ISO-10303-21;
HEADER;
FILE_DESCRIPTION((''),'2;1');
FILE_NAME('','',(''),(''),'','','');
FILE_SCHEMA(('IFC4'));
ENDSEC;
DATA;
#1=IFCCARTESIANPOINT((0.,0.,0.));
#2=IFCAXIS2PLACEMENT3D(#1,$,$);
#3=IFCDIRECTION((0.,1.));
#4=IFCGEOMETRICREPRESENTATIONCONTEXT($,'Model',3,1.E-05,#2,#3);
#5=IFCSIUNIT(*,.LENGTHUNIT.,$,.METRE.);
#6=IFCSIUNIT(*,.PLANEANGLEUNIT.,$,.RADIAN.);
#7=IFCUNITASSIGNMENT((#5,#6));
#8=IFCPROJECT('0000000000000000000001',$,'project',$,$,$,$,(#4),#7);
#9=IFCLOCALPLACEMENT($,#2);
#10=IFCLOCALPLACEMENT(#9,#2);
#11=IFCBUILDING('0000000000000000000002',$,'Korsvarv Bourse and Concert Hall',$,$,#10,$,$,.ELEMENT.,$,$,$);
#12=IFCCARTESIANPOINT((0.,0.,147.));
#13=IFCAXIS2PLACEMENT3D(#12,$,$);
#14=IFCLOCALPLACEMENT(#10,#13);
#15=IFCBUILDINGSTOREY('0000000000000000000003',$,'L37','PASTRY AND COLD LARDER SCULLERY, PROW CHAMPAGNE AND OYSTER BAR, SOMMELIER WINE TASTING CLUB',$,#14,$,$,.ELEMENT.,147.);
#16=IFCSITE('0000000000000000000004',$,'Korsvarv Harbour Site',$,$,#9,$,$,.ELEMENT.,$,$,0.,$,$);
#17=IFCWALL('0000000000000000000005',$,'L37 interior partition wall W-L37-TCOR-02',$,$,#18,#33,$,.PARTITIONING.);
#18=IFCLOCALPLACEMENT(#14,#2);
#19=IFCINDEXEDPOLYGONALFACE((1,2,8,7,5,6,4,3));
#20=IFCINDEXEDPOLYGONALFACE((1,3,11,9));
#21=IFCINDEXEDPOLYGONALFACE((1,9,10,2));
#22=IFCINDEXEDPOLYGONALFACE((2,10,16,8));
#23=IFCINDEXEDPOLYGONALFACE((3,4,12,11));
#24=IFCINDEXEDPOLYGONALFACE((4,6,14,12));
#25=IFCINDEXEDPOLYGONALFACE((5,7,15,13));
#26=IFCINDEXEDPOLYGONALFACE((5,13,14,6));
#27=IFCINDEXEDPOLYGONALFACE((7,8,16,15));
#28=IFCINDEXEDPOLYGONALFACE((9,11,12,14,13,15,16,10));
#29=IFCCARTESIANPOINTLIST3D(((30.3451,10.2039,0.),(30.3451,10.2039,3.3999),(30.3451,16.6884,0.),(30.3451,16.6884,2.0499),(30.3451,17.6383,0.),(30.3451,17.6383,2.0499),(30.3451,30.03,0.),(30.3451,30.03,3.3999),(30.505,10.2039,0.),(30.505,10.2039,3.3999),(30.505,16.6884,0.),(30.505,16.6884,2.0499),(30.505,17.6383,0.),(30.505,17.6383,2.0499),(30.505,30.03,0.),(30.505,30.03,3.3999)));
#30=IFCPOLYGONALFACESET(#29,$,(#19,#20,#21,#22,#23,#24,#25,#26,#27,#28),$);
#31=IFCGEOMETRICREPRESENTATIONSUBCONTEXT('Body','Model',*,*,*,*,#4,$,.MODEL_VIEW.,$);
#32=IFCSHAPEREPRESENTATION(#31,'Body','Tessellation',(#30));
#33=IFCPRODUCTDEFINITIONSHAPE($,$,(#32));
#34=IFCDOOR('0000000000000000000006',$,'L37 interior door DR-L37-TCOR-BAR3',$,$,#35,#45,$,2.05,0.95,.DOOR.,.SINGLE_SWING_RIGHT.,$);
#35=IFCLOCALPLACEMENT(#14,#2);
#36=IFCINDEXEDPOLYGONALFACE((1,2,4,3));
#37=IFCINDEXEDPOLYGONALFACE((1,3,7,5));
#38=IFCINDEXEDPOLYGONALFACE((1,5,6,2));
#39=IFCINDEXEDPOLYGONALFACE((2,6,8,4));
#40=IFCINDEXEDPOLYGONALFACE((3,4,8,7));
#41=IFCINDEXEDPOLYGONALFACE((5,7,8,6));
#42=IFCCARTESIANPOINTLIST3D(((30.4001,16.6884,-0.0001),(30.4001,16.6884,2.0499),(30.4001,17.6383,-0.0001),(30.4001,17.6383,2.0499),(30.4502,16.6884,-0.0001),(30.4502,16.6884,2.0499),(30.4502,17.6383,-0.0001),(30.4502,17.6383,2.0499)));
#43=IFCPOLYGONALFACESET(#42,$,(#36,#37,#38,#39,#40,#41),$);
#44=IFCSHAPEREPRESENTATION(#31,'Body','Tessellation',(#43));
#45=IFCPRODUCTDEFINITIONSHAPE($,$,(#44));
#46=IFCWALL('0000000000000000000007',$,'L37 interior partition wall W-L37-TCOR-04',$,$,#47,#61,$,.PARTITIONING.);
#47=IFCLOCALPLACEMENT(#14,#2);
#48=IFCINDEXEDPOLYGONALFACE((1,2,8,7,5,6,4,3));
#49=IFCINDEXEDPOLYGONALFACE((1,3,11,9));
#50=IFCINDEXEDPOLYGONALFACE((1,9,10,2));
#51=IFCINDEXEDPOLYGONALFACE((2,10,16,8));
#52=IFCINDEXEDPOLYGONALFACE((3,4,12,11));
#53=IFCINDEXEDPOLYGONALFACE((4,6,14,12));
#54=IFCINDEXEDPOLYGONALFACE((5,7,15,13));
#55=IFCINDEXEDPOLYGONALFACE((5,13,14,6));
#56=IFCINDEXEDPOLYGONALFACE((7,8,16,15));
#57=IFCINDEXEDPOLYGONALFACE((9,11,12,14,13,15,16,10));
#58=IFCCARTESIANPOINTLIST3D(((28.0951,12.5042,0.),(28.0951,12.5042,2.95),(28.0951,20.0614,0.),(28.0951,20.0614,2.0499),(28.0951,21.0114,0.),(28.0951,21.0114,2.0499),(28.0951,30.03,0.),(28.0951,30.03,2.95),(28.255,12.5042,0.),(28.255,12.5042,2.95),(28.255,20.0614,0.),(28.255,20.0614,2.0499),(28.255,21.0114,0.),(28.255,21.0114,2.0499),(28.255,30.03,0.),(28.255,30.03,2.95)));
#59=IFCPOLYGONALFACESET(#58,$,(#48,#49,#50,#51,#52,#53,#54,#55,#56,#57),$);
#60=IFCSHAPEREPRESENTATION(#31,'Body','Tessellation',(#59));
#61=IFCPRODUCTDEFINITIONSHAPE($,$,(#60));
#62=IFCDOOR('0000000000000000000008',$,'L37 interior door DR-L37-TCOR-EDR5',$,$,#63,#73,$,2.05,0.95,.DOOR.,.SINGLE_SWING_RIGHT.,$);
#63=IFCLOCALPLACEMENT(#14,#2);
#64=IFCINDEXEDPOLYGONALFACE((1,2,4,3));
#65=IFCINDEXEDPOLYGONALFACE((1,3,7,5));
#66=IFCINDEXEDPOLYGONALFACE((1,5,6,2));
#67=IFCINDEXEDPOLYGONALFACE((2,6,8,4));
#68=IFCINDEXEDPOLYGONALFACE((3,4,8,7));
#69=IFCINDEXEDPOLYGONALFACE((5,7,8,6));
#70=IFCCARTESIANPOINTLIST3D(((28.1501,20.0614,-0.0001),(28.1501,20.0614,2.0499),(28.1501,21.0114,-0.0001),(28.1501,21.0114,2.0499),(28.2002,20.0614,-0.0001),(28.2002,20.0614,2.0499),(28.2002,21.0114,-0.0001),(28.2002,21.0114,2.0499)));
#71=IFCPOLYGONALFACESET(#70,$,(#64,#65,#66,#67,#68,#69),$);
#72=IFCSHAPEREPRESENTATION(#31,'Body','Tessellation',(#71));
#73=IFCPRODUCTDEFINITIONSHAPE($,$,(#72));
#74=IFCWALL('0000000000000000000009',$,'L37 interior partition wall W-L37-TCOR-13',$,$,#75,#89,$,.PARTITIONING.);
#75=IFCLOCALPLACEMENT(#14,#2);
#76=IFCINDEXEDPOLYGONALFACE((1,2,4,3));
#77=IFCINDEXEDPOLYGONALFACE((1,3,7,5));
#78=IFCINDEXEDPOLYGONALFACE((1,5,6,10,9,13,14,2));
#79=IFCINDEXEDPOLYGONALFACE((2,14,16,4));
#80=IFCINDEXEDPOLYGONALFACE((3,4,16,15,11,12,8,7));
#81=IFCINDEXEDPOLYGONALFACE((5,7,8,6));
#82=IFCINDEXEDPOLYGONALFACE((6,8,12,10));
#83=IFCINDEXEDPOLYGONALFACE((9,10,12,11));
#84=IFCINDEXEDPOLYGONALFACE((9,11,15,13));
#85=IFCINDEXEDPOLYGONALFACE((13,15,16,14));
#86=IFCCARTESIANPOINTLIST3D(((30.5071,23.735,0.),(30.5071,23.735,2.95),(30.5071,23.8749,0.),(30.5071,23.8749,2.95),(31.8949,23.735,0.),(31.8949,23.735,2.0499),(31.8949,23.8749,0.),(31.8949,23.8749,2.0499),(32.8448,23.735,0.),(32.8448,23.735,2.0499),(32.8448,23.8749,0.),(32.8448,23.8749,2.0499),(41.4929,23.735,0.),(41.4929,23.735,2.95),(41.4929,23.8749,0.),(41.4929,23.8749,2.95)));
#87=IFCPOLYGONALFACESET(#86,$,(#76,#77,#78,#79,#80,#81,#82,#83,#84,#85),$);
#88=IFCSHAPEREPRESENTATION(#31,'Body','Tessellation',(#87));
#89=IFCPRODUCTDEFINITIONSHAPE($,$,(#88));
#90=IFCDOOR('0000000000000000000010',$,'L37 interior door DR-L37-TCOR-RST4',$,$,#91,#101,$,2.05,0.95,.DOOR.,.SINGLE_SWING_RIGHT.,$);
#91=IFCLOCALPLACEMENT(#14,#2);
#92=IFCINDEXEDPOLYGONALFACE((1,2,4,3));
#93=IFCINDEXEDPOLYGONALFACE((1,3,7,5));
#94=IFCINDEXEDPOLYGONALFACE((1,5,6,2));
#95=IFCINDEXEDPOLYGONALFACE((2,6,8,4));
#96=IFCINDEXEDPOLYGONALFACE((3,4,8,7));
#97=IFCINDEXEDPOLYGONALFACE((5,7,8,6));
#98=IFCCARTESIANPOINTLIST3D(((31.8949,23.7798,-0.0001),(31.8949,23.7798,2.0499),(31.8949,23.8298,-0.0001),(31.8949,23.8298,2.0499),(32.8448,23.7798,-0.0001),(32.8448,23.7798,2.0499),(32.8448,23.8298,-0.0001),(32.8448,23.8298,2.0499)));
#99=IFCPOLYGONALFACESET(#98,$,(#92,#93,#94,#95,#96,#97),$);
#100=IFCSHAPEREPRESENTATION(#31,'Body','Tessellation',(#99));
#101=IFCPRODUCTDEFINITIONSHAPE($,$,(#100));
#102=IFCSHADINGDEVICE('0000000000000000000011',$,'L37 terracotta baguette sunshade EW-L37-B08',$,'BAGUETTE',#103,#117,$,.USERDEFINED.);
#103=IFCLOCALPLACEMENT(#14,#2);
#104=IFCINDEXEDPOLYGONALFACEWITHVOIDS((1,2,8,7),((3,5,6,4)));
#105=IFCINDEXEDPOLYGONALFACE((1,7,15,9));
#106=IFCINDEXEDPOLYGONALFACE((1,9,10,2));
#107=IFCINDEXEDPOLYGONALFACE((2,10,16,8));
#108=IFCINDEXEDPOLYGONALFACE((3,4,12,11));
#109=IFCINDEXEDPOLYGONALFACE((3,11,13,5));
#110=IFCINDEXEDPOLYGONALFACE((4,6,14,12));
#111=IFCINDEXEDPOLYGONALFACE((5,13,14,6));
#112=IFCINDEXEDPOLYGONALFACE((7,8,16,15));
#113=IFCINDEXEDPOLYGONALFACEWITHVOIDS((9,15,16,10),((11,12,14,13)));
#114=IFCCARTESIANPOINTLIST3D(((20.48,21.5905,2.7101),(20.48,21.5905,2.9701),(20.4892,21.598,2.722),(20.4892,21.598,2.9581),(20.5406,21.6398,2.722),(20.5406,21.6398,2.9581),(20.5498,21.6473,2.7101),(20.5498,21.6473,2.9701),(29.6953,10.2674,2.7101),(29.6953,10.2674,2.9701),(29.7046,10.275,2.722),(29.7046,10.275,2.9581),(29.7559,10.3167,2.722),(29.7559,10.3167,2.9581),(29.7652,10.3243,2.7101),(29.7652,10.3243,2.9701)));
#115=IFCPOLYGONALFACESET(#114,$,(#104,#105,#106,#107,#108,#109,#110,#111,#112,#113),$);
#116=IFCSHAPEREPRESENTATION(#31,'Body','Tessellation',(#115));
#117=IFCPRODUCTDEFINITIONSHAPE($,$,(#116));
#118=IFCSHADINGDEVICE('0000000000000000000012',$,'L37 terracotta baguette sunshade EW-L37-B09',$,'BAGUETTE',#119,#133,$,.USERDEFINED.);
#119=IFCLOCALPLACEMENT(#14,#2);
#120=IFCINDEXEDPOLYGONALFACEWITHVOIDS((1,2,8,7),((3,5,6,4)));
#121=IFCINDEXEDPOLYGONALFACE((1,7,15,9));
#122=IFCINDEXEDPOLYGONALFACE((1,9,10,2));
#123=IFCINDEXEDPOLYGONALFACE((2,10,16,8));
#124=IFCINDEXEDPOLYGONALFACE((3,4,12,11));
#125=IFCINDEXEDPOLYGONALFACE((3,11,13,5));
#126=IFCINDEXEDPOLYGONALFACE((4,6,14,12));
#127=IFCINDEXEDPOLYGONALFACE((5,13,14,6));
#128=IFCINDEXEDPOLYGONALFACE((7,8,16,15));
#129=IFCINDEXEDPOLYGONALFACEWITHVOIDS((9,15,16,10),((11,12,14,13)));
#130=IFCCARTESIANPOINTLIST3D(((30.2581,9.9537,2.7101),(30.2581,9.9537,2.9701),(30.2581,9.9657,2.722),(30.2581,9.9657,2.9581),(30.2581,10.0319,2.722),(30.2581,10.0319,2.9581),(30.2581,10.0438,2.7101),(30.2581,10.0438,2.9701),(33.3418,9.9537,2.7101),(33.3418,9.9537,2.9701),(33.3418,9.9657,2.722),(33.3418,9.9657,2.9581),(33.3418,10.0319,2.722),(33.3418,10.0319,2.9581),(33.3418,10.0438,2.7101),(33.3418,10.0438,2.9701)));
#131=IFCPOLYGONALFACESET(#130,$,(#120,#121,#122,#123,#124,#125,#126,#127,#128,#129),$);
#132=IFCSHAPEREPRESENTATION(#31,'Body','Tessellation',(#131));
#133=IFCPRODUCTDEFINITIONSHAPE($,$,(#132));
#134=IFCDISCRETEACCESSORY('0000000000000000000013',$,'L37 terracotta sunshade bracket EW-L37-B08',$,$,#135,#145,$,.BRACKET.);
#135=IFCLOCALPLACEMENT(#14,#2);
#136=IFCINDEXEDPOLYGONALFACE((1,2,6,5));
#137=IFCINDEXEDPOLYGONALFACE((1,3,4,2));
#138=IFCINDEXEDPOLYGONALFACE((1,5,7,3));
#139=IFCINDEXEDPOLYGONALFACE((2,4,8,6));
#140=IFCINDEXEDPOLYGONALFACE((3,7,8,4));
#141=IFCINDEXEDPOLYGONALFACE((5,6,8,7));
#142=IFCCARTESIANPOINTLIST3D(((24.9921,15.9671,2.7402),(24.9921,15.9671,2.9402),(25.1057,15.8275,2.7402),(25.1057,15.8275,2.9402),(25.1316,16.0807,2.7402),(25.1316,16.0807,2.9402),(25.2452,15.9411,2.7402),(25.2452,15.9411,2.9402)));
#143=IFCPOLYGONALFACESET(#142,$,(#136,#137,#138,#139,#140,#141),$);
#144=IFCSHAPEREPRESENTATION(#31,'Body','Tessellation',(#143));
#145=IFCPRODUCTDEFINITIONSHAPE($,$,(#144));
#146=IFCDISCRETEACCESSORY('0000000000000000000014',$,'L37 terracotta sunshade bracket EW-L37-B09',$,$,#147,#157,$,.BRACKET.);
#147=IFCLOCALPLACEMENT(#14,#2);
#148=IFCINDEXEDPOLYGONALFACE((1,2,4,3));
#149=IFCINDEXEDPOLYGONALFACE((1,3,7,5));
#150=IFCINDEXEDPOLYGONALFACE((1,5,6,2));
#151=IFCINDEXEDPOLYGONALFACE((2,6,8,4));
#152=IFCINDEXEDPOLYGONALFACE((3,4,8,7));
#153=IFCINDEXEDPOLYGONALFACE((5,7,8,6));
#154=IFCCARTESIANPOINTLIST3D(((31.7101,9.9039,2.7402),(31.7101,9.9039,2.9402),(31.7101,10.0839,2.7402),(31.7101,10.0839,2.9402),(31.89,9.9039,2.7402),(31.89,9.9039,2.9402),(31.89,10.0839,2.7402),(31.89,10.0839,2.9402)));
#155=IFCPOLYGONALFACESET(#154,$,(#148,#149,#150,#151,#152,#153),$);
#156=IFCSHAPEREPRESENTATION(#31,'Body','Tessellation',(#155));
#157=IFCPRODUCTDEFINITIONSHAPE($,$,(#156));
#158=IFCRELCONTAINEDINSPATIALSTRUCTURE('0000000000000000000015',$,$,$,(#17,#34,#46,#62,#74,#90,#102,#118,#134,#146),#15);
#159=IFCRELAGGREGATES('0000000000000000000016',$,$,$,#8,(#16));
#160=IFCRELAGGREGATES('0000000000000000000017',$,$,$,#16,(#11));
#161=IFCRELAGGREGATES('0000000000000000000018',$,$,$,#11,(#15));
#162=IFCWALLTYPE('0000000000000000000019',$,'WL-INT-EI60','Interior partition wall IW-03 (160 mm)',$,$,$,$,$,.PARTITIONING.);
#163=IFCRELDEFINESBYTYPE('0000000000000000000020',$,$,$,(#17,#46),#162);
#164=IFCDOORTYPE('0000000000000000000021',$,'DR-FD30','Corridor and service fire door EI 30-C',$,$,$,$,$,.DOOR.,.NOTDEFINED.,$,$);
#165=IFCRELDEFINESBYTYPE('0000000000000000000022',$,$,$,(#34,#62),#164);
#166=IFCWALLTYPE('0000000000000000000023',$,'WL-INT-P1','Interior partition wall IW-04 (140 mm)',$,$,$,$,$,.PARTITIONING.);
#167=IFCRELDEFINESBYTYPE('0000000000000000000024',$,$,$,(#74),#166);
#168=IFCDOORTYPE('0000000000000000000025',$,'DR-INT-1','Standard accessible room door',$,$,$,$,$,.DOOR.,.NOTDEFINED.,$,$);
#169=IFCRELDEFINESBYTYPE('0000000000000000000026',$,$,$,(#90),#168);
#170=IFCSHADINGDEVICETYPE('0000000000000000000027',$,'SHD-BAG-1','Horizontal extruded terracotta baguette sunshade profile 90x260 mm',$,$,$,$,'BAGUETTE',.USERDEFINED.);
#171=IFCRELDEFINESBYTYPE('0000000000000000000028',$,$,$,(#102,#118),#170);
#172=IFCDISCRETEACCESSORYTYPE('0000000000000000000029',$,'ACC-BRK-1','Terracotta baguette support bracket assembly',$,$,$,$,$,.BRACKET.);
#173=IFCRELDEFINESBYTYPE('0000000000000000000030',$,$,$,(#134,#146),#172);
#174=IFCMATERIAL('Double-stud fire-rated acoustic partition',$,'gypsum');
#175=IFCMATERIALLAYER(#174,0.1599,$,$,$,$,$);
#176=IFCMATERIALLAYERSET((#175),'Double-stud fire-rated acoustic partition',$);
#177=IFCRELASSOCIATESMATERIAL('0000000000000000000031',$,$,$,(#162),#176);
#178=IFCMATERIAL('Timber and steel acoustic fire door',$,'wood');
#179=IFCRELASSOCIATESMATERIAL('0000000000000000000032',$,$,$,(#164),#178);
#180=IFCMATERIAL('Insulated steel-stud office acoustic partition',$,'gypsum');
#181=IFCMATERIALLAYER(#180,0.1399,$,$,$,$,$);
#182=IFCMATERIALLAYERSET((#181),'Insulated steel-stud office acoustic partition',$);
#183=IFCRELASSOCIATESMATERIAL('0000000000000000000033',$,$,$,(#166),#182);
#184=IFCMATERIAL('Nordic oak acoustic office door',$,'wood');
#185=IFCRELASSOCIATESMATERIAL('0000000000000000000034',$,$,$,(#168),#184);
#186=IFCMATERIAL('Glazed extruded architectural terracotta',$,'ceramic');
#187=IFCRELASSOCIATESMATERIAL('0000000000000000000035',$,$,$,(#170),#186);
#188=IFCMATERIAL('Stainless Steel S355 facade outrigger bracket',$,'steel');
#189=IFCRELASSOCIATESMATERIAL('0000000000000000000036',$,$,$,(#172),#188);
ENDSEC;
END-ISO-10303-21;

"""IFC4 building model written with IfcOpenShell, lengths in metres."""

from ifc_helpers import new_model, si_unit, direction, frame, frame_2d, origin, origin_2d, place, context, subcontext, project, spatial, rectangle, hollow_rectangle, extrude, source, transform, mapped, material, layer, layer_set, material_profile, profile_set, type_object, element, fill, save


model = new_model("IFC4")

# Units and contexts
model_context = context("Model", 3, precision=1e-05, world=origin(), true_north=direction((0.0, 1.0)))
body_context = subcontext(model_context, "Body", "Model", "MODEL_VIEW")
ifc_project = project(units=[si_unit("LENGTHUNIT", "METRE"), si_unit("PLANEANGLEUNIT", "RADIAN")], contexts=[model_context])

# Site, building, storey
site_placement = place(None, origin())
site = spatial("IfcSite", under=ifc_project, at=site_placement, Name="Korsvarv Harbour Site", CompositionType="ELEMENT", RefElevation=0.0)
building_placement = place(site_placement, origin())
building = spatial("IfcBuilding", under=site, at=building_placement, Name="Korsvarv Bourse and Concert Hall", CompositionType="ELEMENT")
storey_placement = place(building_placement, frame((0.0, 0.0, 147.0)))
storey = spatial("IfcBuildingStorey", under=building, at=storey_placement, Name="L37", Description="PASTRY AND COLD LARDER SCULLERY, PROW CHAMPAGNE AND OYSTER BAR, SOMMELIER WINE TASTING CLUB", CompositionType="ELEMENT", Elevation=147.0)

# Walls, openings, doors
ifc_material_1 = material(Name="Double-stud fire-rated acoustic partition", Category="gypsum")
ifc_layer_1 = layer(ifc_material_1, 0.1599)
ifc_layer_set_1 = layer_set([ifc_layer_1], Name="Double-stud fire-rated acoustic partition")
wall_type_1 = type_object("IfcWallType", Name="WL-INT-EI60", Description="Interior partition wall IW-03 (160 mm)", PredefinedType="PARTITIONING", material=ifc_layer_set_1)
wall_1_placement = place(storey_placement, frame((30.425, 10.2039, 0.0), z_axis=(0.0, 0.0, 1.0), x_axis=(0.0, 1.0, 0.0)))
wall_1 = element("IfcWall", 1, at=wall_1_placement, inside=storey, type_object=wall_type_1, Name="L37 interior partition wall W-L37-TCOR-02", PredefinedType="PARTITIONING", context=body_context, shape_type="SweptSolid", body=[
    extrude(rectangle(XDim=19.8262, YDim=0.1599, at=frame_2d((9.9131, 0.0))), origin(), (0.0, 0.0, 1.0), 3.3999),
])
opening_1_placement = place(wall_1_placement, frame((6.4844, 0.0, 0.0)))
opening_1 = element("IfcOpeningElement", 2, at=opening_1_placement, cuts=wall_1, PredefinedType="OPENING", context=body_context, shape_type="SweptSolid", body=[
    extrude(rectangle(XDim=0.95, YDim=2.05, at=frame_2d((0.4751, 1.0249))), frame((0.0, 0.0898, 0.0), z_axis=(0.0, -1.0, 0.0), x_axis=(1.0, 0.0, 0.0)), (0.0, 0.0, 1.0), 0.1799),
])
ifc_material_2 = material(Name="Timber and steel acoustic fire door", Category="wood")
door_type_1 = type_object("IfcDoorType", Name="DR-FD30", Description="Corridor and service fire door EI 30-C", OperationType="NOTDEFINED", PredefinedType="DOOR", material=ifc_material_2)
door_1_placement = place(opening_1_placement, origin())
door_1 = element("IfcDoor", 3, at=door_1_placement, inside=storey, type_object=door_type_1, Name="L37 interior door DR-L37-TCOR-BAR3", OperationType="SINGLE_SWING_RIGHT", OverallHeight=2.05, OverallWidth=0.95, PredefinedType="DOOR", context=body_context, shape_type="SweptSolid", body=[
    extrude(rectangle(XDim=0.95, YDim=2.05, at=frame_2d((0.4751, 1.0249))), frame((0.0, 0.0249, 0.0), z_axis=(0.0, -1.0, 0.0), x_axis=(1.0, 0.0, 0.0)), (0.0, 0.0, 1.0), 0.05),
])
fill(opening_1, door_1)
wall_2_placement = place(storey_placement, frame((28.175, 12.5042, 0.0), z_axis=(0.0, 0.0, 1.0), x_axis=(0.0, 1.0, 0.0)))
wall_2 = element("IfcWall", 4, at=wall_2_placement, inside=storey, type_object=wall_type_1, Name="L37 interior partition wall W-L37-TCOR-04", PredefinedType="PARTITIONING", context=body_context, shape_type="SweptSolid", body=[
    extrude(rectangle(XDim=17.5259, YDim=0.1599, at=frame_2d((8.7629, 0.0))), origin(), (0.0, 0.0, 1.0), 2.95),
])
opening_2_placement = place(wall_2_placement, frame((7.5571, 0.0, 0.0)))
opening_2 = element("IfcOpeningElement", 5, at=opening_2_placement, cuts=wall_2, PredefinedType="OPENING", context=body_context, shape_type="SweptSolid", body=[
    extrude(rectangle(XDim=0.95, YDim=2.05, at=frame_2d((0.4751, 1.0249))), frame((0.0, 0.0898, 0.0), z_axis=(0.0, -1.0, 0.0), x_axis=(1.0, 0.0, 0.0)), (0.0, 0.0, 1.0), 0.1799),
])
door_2_placement = place(opening_2_placement, origin())
door_2 = element("IfcDoor", 6, at=door_2_placement, inside=storey, type_object=door_type_1, Name="L37 interior door DR-L37-TCOR-EDR5", OperationType="SINGLE_SWING_RIGHT", OverallHeight=2.05, OverallWidth=0.95, PredefinedType="DOOR", context=body_context, shape_type="SweptSolid", body=[
    extrude(rectangle(XDim=0.95, YDim=2.05, at=frame_2d((0.4751, 1.0249))), frame((0.0, 0.0249, 0.0), z_axis=(0.0, -1.0, 0.0), x_axis=(1.0, 0.0, 0.0)), (0.0, 0.0, 1.0), 0.05),
])
fill(opening_2, door_2)
ifc_material_3 = material(Name="Insulated steel-stud office acoustic partition", Category="gypsum")
ifc_layer_2 = layer(ifc_material_3, 0.1399)
ifc_layer_set_2 = layer_set([ifc_layer_2], Name="Insulated steel-stud office acoustic partition")
wall_type_2 = type_object("IfcWallType", Name="WL-INT-P1", Description="Interior partition wall IW-04 (140 mm)", PredefinedType="PARTITIONING", material=ifc_layer_set_2)
wall_3_placement = place(storey_placement, frame((30.5071, 23.8049, 0.0), z_axis=(0.0, 0.0, 1.0), x_axis=(1.0, 0.0, 0.0)))
wall_3 = element("IfcWall", 7, at=wall_3_placement, inside=storey, type_object=wall_type_2, Name="L37 interior partition wall W-L37-TCOR-13", PredefinedType="PARTITIONING", context=body_context, shape_type="SweptSolid", body=[
    extrude(rectangle(XDim=10.9858, YDim=0.1399, at=frame_2d((5.4929, 0.0))), origin(), (0.0, 0.0, 1.0), 2.95),
])
opening_3_placement = place(wall_3_placement, frame((1.3877, 0.0, 0.0)))
opening_3 = element("IfcOpeningElement", 8, at=opening_3_placement, cuts=wall_3, PredefinedType="OPENING", context=body_context, shape_type="SweptSolid", body=[
    extrude(rectangle(XDim=0.95, YDim=2.05, at=frame_2d((0.4751, 1.0249))), frame((0.0, 0.0801, 0.0), z_axis=(0.0, -1.0, 0.0), x_axis=(1.0, 0.0, 0.0)), (0.0, 0.0, 1.0), 0.1599),
])
ifc_material_4 = material(Name="Nordic oak acoustic office door", Category="wood")
door_type_2 = type_object("IfcDoorType", Name="DR-INT-1", Description="Standard accessible room door", OperationType="NOTDEFINED", PredefinedType="DOOR", material=ifc_material_4)
door_3_placement = place(opening_3_placement, origin())
door_3 = element("IfcDoor", 9, at=door_3_placement, inside=storey, type_object=door_type_2, Name="L37 interior door DR-L37-TCOR-RST4", OperationType="SINGLE_SWING_RIGHT", OverallHeight=2.05, OverallWidth=0.95, PredefinedType="DOOR", context=body_context, shape_type="SweptSolid", body=[
    extrude(rectangle(XDim=0.95, YDim=2.05, at=frame_2d((0.4751, 1.0249))), frame((0.0, 0.0249, 0.0), z_axis=(0.0, -1.0, 0.0), x_axis=(1.0, 0.0, 0.0)), (0.0, 0.0, 1.0), 0.05),
])
fill(opening_3, door_3)

# Shading devices
ifc_material_5 = material(Name="Glazed extruded architectural terracotta", Category="ceramic")
ifc_material_profile_1 = material_profile(ifc_material_5, hollow_rectangle(XDim=0.0901, YDim=0.26, WallThickness=0.012, at=origin_2d()), Name="TC-BAG 90x260")
ifc_profile_set_1 = profile_set([ifc_material_profile_1], Name="Glazed extruded architectural terracotta")
shading_device_type = type_object("IfcShadingDeviceType", Name="SHD-BAG-1", Description="Horizontal extruded terracotta baguette sunshade profile 90x260 mm", ElementType="BAGUETTE", PredefinedType="USERDEFINED", material=ifc_profile_set_1)
shared_shape_1 = source(origin(), body_context, "Body", "SweptSolid", [
    extrude(hollow_rectangle(XDim=0.0901, YDim=0.26, WallThickness=0.012, at=origin_2d()), origin(), (0.0, 0.0, 1.0), 14.5991),
])
shading_device_1_placement = place(storey_placement, frame((20.5149, 21.6189, 2.8401), z_axis=(0.631228, -0.775598, 0.0), x_axis=(0.775598, 0.631228, 0.0)))
element("IfcShadingDevice", 10, at=shading_device_1_placement, inside=storey, type_object=shading_device_type, Name="L37 terracotta baguette sunshade EW-L37-B08", ObjectType="BAGUETTE", PredefinedType="USERDEFINED", context=body_context, shape_type="MappedRepresentation", body=[
    mapped(shared_shape_1, transform((0.0, 0.0, 0.0), scale=1.0)),
])
shared_shape_2 = source(origin(), body_context, "Body", "SweptSolid", [
    extrude(hollow_rectangle(XDim=0.0901, YDim=0.26, WallThickness=0.012, at=origin_2d()), origin(), (0.0, 0.0, 1.0), 3.0837),
])
shading_device_2_placement = place(storey_placement, frame((30.2581, 9.9988, 2.8401), z_axis=(1.0, 0.0, 0.0), x_axis=(0.0, 1.0, 0.0)))
element("IfcShadingDevice", 11, at=shading_device_2_placement, inside=storey, type_object=shading_device_type, Name="L37 terracotta baguette sunshade EW-L37-B09", ObjectType="BAGUETTE", PredefinedType="USERDEFINED", context=body_context, shape_type="MappedRepresentation", body=[
    mapped(shared_shape_2, transform((0.0, 0.0, 0.0), scale=1.0)),
])

# Discrete accessories
ifc_material_6 = material(Name="Stainless Steel S355 facade outrigger bracket", Category="steel")
discrete_accessory_type = type_object("IfcDiscreteAccessoryType", Name="ACC-BRK-1", Description="Terracotta baguette support bracket assembly", PredefinedType="BRACKET", material=ifc_material_6)
shared_shape_3 = source(origin(), body_context, "Body", "SweptSolid", [
    extrude(rectangle(XDim=0.1799, YDim=0.1799, at=origin_2d()), origin(), (0.0, 0.0, 1.0), 0.2),
])
for number, where, z_axis, x_axis, name in (
    (12, (25.1187, 15.9541, 2.7402), (0.0, 0.0, 1.0), (0.631217, -0.775606, 0.0), "L37 terracotta sunshade bracket EW-L37-B08"),
    (13, (31.8, 9.9939, 2.7402), (0.0, 0.0, 1.0), (1.0, 0.0, 0.0), "L37 terracotta sunshade bracket EW-L37-B09"),
):
    element("IfcDiscreteAccessory", number, at=place(storey_placement, frame(where, z_axis=z_axis, x_axis=x_axis)), inside=storey, type_object=discrete_accessory_type, Name=name, PredefinedType="BRACKET", context=body_context, shape_type="MappedRepresentation", body=[
        mapped(shared_shape_3, transform((0.0, 0.0, 0.0), scale=1.0)),
    ])

save(model, "model.ifc")
